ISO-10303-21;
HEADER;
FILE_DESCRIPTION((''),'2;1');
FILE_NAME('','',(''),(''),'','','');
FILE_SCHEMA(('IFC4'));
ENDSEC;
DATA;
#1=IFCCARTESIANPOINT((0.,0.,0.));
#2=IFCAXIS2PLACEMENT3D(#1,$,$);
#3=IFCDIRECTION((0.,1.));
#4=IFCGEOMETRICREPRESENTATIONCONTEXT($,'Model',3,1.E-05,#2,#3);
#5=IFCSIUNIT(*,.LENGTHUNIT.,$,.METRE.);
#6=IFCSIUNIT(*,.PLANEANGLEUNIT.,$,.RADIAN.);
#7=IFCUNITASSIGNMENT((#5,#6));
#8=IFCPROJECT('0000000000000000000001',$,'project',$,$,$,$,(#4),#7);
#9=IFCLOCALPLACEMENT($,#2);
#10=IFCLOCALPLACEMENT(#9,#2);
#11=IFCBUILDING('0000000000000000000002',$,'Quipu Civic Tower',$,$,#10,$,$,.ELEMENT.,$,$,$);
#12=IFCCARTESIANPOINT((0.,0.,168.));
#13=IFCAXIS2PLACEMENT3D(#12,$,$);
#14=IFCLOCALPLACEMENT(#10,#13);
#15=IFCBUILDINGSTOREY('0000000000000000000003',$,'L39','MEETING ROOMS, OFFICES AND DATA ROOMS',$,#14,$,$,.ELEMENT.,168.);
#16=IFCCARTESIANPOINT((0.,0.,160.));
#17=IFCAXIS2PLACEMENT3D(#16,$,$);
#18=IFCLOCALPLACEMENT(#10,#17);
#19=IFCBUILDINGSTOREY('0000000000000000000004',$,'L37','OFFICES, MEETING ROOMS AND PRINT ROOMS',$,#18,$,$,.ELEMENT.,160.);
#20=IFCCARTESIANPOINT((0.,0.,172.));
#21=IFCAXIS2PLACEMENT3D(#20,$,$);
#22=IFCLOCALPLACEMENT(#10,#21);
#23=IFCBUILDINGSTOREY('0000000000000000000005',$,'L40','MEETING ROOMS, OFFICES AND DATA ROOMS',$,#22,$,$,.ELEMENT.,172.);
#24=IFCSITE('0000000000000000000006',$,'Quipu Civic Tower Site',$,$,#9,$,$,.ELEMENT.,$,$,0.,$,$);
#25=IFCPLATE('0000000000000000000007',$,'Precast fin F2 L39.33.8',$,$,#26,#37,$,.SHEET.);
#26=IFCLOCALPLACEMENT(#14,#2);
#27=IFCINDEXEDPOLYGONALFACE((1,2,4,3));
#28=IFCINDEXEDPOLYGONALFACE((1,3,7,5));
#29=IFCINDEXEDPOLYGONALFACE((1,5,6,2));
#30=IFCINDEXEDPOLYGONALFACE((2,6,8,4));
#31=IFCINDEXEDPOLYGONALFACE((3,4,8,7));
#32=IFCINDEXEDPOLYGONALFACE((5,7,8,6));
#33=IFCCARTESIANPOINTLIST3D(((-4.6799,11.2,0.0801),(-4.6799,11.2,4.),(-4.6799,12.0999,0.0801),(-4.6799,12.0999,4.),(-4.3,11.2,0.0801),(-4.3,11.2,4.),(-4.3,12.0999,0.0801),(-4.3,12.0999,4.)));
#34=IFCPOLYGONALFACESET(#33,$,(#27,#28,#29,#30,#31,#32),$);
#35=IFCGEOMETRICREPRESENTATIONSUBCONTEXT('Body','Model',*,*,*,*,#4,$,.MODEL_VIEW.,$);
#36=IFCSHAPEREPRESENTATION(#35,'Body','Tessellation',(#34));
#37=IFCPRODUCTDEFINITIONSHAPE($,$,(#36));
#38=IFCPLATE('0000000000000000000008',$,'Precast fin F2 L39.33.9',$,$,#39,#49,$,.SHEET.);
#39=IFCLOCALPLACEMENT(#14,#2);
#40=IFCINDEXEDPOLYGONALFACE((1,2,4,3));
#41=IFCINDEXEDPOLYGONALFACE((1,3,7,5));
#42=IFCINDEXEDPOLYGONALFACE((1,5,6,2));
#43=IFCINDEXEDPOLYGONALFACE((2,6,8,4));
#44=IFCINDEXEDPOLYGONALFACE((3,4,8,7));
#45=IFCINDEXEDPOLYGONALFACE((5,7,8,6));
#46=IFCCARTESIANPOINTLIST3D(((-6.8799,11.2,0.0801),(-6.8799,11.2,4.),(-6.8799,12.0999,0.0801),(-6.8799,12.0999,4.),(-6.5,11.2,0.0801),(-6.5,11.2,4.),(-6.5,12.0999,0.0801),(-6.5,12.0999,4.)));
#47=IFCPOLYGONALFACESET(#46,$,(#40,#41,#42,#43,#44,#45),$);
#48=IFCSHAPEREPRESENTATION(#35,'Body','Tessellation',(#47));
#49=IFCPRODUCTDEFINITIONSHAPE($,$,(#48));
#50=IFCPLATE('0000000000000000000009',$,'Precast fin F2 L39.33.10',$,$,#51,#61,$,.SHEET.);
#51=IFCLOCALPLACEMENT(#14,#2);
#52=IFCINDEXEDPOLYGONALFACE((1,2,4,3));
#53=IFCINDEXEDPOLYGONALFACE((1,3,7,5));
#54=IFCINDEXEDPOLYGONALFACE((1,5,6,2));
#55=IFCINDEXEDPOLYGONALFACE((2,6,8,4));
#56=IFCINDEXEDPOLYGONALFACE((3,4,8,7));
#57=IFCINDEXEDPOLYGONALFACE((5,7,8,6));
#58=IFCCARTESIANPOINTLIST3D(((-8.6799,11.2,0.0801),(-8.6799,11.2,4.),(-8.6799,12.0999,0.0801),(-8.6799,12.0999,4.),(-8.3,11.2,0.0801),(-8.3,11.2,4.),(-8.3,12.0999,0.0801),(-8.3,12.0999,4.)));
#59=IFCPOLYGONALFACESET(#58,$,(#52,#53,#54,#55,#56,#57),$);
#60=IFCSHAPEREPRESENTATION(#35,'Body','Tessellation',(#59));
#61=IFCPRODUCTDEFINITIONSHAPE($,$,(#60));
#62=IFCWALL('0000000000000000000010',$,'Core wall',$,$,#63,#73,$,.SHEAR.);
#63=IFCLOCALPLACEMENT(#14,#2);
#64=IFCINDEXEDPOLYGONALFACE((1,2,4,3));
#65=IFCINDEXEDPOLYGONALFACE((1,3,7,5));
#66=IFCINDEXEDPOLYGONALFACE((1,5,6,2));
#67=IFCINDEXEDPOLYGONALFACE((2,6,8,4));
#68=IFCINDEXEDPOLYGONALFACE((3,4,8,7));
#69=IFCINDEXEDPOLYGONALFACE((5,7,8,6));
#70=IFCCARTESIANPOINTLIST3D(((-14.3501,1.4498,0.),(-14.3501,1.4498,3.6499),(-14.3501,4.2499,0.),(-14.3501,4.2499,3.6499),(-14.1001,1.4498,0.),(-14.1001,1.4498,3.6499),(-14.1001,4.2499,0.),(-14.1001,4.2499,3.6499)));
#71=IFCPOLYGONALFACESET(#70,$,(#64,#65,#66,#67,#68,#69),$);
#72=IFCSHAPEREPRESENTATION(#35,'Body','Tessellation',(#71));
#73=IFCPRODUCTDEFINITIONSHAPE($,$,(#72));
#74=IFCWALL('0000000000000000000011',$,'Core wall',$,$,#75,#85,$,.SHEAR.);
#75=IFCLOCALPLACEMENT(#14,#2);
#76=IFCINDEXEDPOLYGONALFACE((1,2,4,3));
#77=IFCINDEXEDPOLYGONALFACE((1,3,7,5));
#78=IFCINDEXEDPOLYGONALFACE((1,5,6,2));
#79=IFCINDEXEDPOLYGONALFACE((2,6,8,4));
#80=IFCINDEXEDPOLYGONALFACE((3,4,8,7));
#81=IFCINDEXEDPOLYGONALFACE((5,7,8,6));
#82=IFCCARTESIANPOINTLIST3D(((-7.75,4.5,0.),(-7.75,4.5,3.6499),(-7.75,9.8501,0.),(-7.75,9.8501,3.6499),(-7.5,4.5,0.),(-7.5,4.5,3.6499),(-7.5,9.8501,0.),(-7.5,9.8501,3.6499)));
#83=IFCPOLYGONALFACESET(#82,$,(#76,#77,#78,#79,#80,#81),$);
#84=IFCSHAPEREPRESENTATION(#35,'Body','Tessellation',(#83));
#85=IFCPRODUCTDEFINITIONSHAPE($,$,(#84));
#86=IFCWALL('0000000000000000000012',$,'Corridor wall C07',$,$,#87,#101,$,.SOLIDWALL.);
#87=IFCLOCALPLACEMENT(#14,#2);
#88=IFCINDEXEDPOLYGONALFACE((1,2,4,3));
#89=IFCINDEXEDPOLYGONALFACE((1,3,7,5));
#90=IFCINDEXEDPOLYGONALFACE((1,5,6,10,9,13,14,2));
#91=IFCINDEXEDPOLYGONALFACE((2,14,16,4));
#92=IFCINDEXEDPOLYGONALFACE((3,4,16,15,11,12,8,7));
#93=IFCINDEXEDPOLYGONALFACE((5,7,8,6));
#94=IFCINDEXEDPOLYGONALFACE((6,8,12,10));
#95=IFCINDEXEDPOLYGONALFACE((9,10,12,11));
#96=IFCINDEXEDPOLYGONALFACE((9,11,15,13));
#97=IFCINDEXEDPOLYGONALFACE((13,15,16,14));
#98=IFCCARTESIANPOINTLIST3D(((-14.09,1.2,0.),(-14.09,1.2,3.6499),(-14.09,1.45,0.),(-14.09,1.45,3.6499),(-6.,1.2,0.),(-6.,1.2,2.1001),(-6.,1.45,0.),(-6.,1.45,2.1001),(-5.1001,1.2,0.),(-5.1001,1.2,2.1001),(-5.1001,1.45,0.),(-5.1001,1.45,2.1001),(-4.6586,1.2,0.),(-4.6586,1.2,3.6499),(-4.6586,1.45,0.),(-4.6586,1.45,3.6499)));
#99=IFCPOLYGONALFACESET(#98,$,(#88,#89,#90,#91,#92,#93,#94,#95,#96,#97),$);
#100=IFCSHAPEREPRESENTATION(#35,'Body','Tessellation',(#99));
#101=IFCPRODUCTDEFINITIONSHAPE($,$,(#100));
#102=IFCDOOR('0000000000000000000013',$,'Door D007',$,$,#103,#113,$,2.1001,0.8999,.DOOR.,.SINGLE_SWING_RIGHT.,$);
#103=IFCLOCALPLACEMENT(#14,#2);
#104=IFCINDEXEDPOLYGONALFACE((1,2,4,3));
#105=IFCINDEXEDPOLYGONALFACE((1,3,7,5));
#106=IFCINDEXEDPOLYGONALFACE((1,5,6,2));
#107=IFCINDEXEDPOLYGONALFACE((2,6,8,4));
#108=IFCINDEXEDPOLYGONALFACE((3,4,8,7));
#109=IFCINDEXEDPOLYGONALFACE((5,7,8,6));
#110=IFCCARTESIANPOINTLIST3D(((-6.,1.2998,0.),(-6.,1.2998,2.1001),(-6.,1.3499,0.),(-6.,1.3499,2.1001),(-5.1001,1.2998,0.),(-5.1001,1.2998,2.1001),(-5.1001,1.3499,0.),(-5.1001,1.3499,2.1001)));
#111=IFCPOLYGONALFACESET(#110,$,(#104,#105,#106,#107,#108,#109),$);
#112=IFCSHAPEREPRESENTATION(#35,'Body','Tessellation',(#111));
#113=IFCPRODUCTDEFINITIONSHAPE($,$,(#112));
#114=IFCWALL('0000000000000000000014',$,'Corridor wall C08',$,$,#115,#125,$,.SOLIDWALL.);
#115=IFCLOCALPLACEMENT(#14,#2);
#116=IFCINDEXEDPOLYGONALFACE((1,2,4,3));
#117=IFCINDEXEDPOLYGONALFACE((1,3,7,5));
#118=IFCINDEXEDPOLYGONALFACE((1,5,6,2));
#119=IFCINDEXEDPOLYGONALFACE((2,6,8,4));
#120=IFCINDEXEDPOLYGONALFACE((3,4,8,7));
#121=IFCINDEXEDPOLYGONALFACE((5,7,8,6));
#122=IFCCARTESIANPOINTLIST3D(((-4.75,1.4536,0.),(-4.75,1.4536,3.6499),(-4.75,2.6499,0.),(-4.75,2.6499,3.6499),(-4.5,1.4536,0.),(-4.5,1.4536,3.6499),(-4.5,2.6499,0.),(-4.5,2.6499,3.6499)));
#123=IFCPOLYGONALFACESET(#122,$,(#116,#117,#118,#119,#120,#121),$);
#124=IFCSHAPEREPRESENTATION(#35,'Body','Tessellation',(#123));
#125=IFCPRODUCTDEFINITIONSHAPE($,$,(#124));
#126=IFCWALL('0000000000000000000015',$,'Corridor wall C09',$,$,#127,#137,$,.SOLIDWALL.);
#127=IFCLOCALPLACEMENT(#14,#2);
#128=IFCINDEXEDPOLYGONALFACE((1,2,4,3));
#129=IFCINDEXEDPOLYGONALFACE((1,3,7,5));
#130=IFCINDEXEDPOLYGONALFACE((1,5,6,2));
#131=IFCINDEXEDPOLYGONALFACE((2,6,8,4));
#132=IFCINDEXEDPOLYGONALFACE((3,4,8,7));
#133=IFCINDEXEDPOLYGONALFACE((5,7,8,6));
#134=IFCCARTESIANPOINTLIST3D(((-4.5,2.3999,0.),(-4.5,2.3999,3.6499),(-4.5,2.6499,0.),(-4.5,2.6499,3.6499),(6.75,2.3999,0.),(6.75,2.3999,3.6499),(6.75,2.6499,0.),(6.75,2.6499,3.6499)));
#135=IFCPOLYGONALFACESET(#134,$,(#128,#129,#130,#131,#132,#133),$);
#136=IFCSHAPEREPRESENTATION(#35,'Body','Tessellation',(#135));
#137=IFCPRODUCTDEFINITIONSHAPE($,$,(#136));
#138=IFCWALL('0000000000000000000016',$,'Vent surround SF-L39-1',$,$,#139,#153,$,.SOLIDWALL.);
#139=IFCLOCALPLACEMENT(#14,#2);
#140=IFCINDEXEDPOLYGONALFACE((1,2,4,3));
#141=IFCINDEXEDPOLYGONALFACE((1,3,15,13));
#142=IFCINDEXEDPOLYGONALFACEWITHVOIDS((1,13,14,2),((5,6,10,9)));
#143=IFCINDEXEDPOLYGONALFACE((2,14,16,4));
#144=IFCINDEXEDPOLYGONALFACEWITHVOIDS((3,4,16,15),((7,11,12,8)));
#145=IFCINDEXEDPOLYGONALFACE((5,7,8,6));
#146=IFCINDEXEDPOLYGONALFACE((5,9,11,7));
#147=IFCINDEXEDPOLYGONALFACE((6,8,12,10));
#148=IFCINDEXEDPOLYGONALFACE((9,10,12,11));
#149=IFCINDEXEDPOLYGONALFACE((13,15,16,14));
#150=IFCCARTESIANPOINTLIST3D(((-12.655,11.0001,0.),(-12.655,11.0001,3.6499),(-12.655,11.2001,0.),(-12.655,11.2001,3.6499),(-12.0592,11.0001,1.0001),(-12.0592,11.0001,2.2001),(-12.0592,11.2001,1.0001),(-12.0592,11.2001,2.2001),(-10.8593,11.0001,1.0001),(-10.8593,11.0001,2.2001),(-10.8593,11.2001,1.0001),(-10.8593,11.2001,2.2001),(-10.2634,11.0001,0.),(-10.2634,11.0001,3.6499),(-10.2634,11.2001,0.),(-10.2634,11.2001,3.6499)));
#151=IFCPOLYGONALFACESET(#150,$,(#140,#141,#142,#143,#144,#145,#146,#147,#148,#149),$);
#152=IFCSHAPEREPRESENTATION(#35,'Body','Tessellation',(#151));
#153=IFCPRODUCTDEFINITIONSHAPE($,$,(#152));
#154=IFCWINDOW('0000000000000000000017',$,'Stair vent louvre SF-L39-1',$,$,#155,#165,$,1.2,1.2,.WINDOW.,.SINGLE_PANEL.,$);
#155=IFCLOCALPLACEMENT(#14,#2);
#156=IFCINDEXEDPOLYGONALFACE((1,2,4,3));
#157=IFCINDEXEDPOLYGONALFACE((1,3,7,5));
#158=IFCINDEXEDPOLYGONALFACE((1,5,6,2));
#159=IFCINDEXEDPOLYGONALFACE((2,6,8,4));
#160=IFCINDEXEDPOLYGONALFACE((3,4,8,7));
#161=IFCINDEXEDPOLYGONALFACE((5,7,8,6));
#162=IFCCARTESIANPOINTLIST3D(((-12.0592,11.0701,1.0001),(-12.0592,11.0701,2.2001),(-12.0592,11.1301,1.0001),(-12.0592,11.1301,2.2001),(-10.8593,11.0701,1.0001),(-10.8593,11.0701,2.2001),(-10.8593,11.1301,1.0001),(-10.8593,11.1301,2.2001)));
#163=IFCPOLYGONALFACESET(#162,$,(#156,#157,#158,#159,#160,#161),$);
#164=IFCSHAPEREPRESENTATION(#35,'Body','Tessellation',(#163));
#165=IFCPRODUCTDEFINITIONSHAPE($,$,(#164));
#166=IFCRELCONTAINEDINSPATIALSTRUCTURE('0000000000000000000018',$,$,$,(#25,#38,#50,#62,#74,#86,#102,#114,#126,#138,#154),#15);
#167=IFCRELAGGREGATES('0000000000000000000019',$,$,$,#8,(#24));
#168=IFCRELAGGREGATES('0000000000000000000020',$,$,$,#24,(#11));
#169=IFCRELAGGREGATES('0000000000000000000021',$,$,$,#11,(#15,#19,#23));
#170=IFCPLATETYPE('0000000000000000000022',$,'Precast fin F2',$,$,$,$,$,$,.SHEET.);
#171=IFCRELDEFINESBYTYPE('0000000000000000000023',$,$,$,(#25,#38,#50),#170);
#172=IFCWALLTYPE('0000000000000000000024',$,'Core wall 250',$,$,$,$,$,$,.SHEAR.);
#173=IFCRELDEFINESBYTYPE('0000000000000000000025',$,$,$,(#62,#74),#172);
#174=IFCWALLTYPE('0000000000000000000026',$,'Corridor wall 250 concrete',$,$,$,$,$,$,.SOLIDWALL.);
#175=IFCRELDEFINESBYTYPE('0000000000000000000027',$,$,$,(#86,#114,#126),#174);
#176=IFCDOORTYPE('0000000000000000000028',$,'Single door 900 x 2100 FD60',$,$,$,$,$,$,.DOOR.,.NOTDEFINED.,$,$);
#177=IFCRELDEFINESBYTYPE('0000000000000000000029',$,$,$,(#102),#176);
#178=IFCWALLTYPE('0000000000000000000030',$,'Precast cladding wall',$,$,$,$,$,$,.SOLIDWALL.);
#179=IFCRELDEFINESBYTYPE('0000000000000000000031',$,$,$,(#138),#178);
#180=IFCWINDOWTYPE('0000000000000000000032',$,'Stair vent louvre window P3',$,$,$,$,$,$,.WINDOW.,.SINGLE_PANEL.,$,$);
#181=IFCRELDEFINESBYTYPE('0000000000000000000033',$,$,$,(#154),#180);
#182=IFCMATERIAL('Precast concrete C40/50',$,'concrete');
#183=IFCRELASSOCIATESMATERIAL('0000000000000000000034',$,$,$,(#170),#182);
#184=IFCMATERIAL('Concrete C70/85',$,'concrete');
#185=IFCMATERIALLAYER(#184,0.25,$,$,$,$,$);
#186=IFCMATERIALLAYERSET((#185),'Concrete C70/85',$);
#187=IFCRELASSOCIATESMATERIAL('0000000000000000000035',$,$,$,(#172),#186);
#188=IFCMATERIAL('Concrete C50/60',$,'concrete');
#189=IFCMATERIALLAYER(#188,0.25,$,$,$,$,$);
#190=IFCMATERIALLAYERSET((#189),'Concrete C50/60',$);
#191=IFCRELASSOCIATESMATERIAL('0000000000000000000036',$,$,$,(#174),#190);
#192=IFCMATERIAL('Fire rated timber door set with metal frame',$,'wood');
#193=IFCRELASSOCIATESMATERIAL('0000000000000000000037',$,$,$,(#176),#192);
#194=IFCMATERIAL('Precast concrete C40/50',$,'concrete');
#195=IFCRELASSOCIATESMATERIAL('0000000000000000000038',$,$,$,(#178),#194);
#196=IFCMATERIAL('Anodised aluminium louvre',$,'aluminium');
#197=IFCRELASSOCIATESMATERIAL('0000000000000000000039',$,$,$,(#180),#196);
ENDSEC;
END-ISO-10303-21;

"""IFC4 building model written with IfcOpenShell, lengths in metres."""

from ifc_helpers import new_model, si_unit, direction, frame, frame_2d, origin, origin_2d, place, context, subcontext, project, spatial, rectangle, extrude, material, layer, layer_set, type_object, element, fill, save


model = new_model("IFC4")

# Units and contexts
model_context = context("Model", 3, precision=1e-05, world=origin(), true_north=direction((0.0, 1.0)))
body_context = subcontext(model_context, "Body", "Model", "MODEL_VIEW")
ifc_project = project(units=[si_unit("LENGTHUNIT", "METRE"), si_unit("PLANEANGLEUNIT", "RADIAN")], contexts=[model_context])

# Site, building, storey
site_placement = place(None, origin())
site = spatial("IfcSite", under=ifc_project, at=site_placement, Name="Quipu Civic Tower Site", CompositionType="ELEMENT", RefElevation=0.0)
building_placement = place(site_placement, origin())
building = spatial("IfcBuilding", under=site, at=building_placement, Name="Quipu Civic Tower", CompositionType="ELEMENT")
storey_1_placement = place(building_placement, frame((0.0, 0.0, 168.0)))
storey_1 = spatial("IfcBuildingStorey", under=building, at=storey_1_placement, Name="L39", Description="MEETING ROOMS, OFFICES AND DATA ROOMS", CompositionType="ELEMENT", Elevation=168.0)

# Shared definitions
storey_2_placement = place(building_placement, frame((0.0, 0.0, 160.0)))
storey_2 = spatial("IfcBuildingStorey", under=building, at=storey_2_placement, Name="L37", Description="OFFICES, MEETING ROOMS AND PRINT ROOMS", CompositionType="ELEMENT", Elevation=160.0)

# Shared definitions
storey_3_placement = place(building_placement, frame((0.0, 0.0, 172.0)))
storey_3 = spatial("IfcBuildingStorey", under=building, at=storey_3_placement, Name="L40", Description="MEETING ROOMS, OFFICES AND DATA ROOMS", CompositionType="ELEMENT", Elevation=172.0)

# Plates
ifc_material_1 = material(Name="Precast concrete C40/50", Category="concrete")
plate_type_1 = type_object("IfcPlateType", Name="Precast fin F2", PredefinedType="SHEET", material=ifc_material_1)
for number, where, z_axis, x_axis, name in (
    (1, (-4.49, 11.6499, 0.0801), (0.0, 0.0, 1.0), (-1.0, 0.0, 0.0), "Precast fin F2 L39.33.8"),
    (2, (-6.6899, 11.6499, 0.0801), (0.0, 0.0, 1.0), (-1.0, 0.0, 0.0), "Precast fin F2 L39.33.9"),
    (3, (-8.49, 11.6499, 0.0801), (0.0, 0.0, 1.0), (-1.0, 0.0, 0.0), "Precast fin F2 L39.33.10"),
):
    element("IfcPlate", number, at=place(storey_1_placement, frame(where, z_axis=z_axis, x_axis=x_axis)), inside=storey_1, type_object=plate_type_1, Name=name, PredefinedType="SHEET", context=body_context, shape_type="SweptSolid", body=[
        extrude(rectangle(XDim=0.3799, YDim=0.8999, at=origin_2d()), origin(), (0.0, 0.0, 1.0), 3.9199),
    ])

# Walls
ifc_material_2 = material(Name="Concrete C70/85", Category="concrete")
ifc_layer_1 = layer(ifc_material_2, 0.25)
ifc_layer_set_1 = layer_set([ifc_layer_1], Name="Concrete C70/85")
wall_type_1 = type_object("IfcWallType", Name="Core wall 250", PredefinedType="SHEAR", material=ifc_layer_set_1)
wall_1_placement = place(storey_1_placement, frame((-14.2251, 1.45, 0.0), z_axis=(0.0, 0.0, 1.0), x_axis=(0.0, 1.0, 0.0)))
element("IfcWall", 4, at=wall_1_placement, inside=storey_1, type_object=wall_type_1, Name="Core wall", PredefinedType="SHEAR", context=body_context, shape_type="SweptSolid", body=[
    extrude(rectangle(XDim=2.8, YDim=0.25, at=frame_2d((1.3999, 0.0))), origin(), (0.0, 0.0, 1.0), 3.6499),
])
wall_2_placement = place(storey_1_placement, frame((-7.625, 4.5, 0.0), z_axis=(0.0, 0.0, 1.0), x_axis=(0.0, 1.0, 0.0)))
element("IfcWall", 5, at=wall_2_placement, inside=storey_1, type_object=wall_type_1, Name="Core wall", PredefinedType="SHEAR", context=body_context, shape_type="SweptSolid", body=[
    extrude(rectangle(XDim=5.3501, YDim=0.25, at=frame_2d((2.675, 0.0))), origin(), (0.0, 0.0, 1.0), 3.6499),
])

# Wall, opening, door
ifc_material_3 = material(Name="Concrete C50/60", Category="concrete")
ifc_layer_2 = layer(ifc_material_3, 0.25)
ifc_layer_set_2 = layer_set([ifc_layer_2], Name="Concrete C50/60")
wall_type_2 = type_object("IfcWallType", Name="Corridor wall 250 concrete", PredefinedType="SOLIDWALL", material=ifc_layer_set_2)
wall_3_placement = place(storey_1_placement, frame((-14.0901, 1.325, 0.0), z_axis=(0.0, 0.0, 1.0), x_axis=(1.0, 0.0, 0.0)))
wall_3 = element("IfcWall", 6, at=wall_3_placement, inside=storey_1, type_object=wall_type_2, Name="Corridor wall C07", PredefinedType="SOLIDWALL", context=body_context, shape_type="SweptSolid", body=[
    extrude(rectangle(XDim=9.4314, YDim=0.25, at=frame_2d((4.7158, 0.0))), origin(), (0.0, 0.0, 1.0), 3.6499),
])
opening_1_placement = place(wall_3_placement, frame((8.0901, 0.0, 0.0)))
opening_1 = element("IfcOpeningElement", 7, at=opening_1_placement, cuts=wall_3, PredefinedType="OPENING", context=body_context, shape_type="SweptSolid", body=[
    extrude(rectangle(XDim=0.8999, YDim=2.1001, at=frame_2d((0.45, 1.05))), frame((0.0, 0.135, 0.0), z_axis=(0.0, -1.0, 0.0), x_axis=(1.0, 0.0, 0.0)), (0.0, 0.0, 1.0), 0.27),
])
ifc_material_4 = material(Name="Fire rated timber door set with metal frame", Category="wood")
door_type = type_object("IfcDoorType", Name="Single door 900 x 2100 FD60", OperationType="NOTDEFINED", PredefinedType="DOOR", material=ifc_material_4)
door_placement = place(opening_1_placement, origin())
door = element("IfcDoor", 8, at=door_placement, inside=storey_1, type_object=door_type, Name="Door D007", OperationType="SINGLE_SWING_RIGHT", OverallHeight=2.1001, OverallWidth=0.8999, PredefinedType="DOOR", context=body_context, shape_type="SweptSolid", body=[
    extrude(rectangle(XDim=0.8999, YDim=2.1001, at=frame_2d((0.45, 1.05))), frame((0.0, 0.0249, 0.0), z_axis=(0.0, -1.0, 0.0), x_axis=(1.0, 0.0, 0.0)), (0.0, 0.0, 1.0), 0.05),
])
fill(opening_1, door)

# Walls
wall_4_placement = place(storey_1_placement, frame((-4.625, 1.4536, 0.0), z_axis=(0.0, 0.0, 1.0), x_axis=(0.0, 1.0, 0.0)))
element("IfcWall", 9, at=wall_4_placement, inside=storey_1, type_object=wall_type_2, Name="Corridor wall C08", PredefinedType="SOLIDWALL", context=body_context, shape_type="SweptSolid", body=[
    extrude(rectangle(XDim=1.1963, YDim=0.25, at=frame_2d((0.5981, 0.0))), origin(), (0.0, 0.0, 1.0), 3.6499),
])
wall_5_placement = place(storey_1_placement, frame((-4.5, 2.5249, 0.0), z_axis=(0.0, 0.0, 1.0), x_axis=(1.0, 0.0, 0.0)))
element("IfcWall", 10, at=wall_5_placement, inside=storey_1, type_object=wall_type_2, Name="Corridor wall C09", PredefinedType="SOLIDWALL", context=body_context, shape_type="SweptSolid", body=[
    extrude(rectangle(XDim=11.25, YDim=0.25, at=frame_2d((5.625, 0.0))), origin(), (0.0, 0.0, 1.0), 3.6499),
])

# Wall, opening, window
ifc_material_5 = material(Name="Precast concrete C40/50", Category="concrete")
wall_type_3 = type_object("IfcWallType", Name="Precast cladding wall", PredefinedType="SOLIDWALL", material=ifc_material_5)
wall_6_placement = place(storey_1_placement, frame((-10.2634, 11.1001, 0.0), z_axis=(0.0, 0.0, 1.0), x_axis=(-1.0, 0.0, 0.0)))
wall_6 = element("IfcWall", 11, at=wall_6_placement, inside=storey_1, type_object=wall_type_3, Name="Vent surround SF-L39-1", PredefinedType="SOLIDWALL", context=body_context, shape_type="SweptSolid", body=[
    extrude(rectangle(XDim=2.3916, YDim=0.2, at=frame_2d((1.1958, 0.0))), origin(), (0.0, 0.0, 1.0), 3.6499),
])
opening_2_placement = place(wall_6_placement, frame((0.5957, 0.0, 1.0)))
opening_2 = element("IfcOpeningElement", 12, at=opening_2_placement, cuts=wall_6, PredefinedType="OPENING", context=body_context, shape_type="SweptSolid", body=[
    extrude(rectangle(XDim=1.2, YDim=1.2, at=frame_2d((0.6001, 0.6001))), frame((0.0, 0.1099, 0.0), z_axis=(0.0, -1.0, 0.0), x_axis=(1.0, 0.0, 0.0)), (0.0, 0.0, 1.0), 0.22),
])
ifc_material_6 = material(Name="Anodised aluminium louvre", Category="aluminium")
window_type = type_object("IfcWindowType", Name="Stair vent louvre window P3", PartitioningType="SINGLE_PANEL", PredefinedType="WINDOW", material=ifc_material_6)
window_placement = place(opening_2_placement, origin())
window = element("IfcWindow", 13, at=window_placement, inside=storey_1, type_object=window_type, Name="Stair vent louvre SF-L39-1", OverallHeight=1.2, OverallWidth=1.2, PartitioningType="SINGLE_PANEL", PredefinedType="WINDOW", context=body_context, shape_type="SweptSolid", body=[
    extrude(rectangle(XDim=1.2, YDim=1.2, at=frame_2d((0.6001, 0.6001))), frame((0.0, 0.03, 0.0), z_axis=(0.0, -1.0, 0.0), x_axis=(1.0, 0.0, 0.0)), (0.0, 0.0, 1.0), 0.0601),
])
fill(opening_2, window)

save(model, "model.ifc")
